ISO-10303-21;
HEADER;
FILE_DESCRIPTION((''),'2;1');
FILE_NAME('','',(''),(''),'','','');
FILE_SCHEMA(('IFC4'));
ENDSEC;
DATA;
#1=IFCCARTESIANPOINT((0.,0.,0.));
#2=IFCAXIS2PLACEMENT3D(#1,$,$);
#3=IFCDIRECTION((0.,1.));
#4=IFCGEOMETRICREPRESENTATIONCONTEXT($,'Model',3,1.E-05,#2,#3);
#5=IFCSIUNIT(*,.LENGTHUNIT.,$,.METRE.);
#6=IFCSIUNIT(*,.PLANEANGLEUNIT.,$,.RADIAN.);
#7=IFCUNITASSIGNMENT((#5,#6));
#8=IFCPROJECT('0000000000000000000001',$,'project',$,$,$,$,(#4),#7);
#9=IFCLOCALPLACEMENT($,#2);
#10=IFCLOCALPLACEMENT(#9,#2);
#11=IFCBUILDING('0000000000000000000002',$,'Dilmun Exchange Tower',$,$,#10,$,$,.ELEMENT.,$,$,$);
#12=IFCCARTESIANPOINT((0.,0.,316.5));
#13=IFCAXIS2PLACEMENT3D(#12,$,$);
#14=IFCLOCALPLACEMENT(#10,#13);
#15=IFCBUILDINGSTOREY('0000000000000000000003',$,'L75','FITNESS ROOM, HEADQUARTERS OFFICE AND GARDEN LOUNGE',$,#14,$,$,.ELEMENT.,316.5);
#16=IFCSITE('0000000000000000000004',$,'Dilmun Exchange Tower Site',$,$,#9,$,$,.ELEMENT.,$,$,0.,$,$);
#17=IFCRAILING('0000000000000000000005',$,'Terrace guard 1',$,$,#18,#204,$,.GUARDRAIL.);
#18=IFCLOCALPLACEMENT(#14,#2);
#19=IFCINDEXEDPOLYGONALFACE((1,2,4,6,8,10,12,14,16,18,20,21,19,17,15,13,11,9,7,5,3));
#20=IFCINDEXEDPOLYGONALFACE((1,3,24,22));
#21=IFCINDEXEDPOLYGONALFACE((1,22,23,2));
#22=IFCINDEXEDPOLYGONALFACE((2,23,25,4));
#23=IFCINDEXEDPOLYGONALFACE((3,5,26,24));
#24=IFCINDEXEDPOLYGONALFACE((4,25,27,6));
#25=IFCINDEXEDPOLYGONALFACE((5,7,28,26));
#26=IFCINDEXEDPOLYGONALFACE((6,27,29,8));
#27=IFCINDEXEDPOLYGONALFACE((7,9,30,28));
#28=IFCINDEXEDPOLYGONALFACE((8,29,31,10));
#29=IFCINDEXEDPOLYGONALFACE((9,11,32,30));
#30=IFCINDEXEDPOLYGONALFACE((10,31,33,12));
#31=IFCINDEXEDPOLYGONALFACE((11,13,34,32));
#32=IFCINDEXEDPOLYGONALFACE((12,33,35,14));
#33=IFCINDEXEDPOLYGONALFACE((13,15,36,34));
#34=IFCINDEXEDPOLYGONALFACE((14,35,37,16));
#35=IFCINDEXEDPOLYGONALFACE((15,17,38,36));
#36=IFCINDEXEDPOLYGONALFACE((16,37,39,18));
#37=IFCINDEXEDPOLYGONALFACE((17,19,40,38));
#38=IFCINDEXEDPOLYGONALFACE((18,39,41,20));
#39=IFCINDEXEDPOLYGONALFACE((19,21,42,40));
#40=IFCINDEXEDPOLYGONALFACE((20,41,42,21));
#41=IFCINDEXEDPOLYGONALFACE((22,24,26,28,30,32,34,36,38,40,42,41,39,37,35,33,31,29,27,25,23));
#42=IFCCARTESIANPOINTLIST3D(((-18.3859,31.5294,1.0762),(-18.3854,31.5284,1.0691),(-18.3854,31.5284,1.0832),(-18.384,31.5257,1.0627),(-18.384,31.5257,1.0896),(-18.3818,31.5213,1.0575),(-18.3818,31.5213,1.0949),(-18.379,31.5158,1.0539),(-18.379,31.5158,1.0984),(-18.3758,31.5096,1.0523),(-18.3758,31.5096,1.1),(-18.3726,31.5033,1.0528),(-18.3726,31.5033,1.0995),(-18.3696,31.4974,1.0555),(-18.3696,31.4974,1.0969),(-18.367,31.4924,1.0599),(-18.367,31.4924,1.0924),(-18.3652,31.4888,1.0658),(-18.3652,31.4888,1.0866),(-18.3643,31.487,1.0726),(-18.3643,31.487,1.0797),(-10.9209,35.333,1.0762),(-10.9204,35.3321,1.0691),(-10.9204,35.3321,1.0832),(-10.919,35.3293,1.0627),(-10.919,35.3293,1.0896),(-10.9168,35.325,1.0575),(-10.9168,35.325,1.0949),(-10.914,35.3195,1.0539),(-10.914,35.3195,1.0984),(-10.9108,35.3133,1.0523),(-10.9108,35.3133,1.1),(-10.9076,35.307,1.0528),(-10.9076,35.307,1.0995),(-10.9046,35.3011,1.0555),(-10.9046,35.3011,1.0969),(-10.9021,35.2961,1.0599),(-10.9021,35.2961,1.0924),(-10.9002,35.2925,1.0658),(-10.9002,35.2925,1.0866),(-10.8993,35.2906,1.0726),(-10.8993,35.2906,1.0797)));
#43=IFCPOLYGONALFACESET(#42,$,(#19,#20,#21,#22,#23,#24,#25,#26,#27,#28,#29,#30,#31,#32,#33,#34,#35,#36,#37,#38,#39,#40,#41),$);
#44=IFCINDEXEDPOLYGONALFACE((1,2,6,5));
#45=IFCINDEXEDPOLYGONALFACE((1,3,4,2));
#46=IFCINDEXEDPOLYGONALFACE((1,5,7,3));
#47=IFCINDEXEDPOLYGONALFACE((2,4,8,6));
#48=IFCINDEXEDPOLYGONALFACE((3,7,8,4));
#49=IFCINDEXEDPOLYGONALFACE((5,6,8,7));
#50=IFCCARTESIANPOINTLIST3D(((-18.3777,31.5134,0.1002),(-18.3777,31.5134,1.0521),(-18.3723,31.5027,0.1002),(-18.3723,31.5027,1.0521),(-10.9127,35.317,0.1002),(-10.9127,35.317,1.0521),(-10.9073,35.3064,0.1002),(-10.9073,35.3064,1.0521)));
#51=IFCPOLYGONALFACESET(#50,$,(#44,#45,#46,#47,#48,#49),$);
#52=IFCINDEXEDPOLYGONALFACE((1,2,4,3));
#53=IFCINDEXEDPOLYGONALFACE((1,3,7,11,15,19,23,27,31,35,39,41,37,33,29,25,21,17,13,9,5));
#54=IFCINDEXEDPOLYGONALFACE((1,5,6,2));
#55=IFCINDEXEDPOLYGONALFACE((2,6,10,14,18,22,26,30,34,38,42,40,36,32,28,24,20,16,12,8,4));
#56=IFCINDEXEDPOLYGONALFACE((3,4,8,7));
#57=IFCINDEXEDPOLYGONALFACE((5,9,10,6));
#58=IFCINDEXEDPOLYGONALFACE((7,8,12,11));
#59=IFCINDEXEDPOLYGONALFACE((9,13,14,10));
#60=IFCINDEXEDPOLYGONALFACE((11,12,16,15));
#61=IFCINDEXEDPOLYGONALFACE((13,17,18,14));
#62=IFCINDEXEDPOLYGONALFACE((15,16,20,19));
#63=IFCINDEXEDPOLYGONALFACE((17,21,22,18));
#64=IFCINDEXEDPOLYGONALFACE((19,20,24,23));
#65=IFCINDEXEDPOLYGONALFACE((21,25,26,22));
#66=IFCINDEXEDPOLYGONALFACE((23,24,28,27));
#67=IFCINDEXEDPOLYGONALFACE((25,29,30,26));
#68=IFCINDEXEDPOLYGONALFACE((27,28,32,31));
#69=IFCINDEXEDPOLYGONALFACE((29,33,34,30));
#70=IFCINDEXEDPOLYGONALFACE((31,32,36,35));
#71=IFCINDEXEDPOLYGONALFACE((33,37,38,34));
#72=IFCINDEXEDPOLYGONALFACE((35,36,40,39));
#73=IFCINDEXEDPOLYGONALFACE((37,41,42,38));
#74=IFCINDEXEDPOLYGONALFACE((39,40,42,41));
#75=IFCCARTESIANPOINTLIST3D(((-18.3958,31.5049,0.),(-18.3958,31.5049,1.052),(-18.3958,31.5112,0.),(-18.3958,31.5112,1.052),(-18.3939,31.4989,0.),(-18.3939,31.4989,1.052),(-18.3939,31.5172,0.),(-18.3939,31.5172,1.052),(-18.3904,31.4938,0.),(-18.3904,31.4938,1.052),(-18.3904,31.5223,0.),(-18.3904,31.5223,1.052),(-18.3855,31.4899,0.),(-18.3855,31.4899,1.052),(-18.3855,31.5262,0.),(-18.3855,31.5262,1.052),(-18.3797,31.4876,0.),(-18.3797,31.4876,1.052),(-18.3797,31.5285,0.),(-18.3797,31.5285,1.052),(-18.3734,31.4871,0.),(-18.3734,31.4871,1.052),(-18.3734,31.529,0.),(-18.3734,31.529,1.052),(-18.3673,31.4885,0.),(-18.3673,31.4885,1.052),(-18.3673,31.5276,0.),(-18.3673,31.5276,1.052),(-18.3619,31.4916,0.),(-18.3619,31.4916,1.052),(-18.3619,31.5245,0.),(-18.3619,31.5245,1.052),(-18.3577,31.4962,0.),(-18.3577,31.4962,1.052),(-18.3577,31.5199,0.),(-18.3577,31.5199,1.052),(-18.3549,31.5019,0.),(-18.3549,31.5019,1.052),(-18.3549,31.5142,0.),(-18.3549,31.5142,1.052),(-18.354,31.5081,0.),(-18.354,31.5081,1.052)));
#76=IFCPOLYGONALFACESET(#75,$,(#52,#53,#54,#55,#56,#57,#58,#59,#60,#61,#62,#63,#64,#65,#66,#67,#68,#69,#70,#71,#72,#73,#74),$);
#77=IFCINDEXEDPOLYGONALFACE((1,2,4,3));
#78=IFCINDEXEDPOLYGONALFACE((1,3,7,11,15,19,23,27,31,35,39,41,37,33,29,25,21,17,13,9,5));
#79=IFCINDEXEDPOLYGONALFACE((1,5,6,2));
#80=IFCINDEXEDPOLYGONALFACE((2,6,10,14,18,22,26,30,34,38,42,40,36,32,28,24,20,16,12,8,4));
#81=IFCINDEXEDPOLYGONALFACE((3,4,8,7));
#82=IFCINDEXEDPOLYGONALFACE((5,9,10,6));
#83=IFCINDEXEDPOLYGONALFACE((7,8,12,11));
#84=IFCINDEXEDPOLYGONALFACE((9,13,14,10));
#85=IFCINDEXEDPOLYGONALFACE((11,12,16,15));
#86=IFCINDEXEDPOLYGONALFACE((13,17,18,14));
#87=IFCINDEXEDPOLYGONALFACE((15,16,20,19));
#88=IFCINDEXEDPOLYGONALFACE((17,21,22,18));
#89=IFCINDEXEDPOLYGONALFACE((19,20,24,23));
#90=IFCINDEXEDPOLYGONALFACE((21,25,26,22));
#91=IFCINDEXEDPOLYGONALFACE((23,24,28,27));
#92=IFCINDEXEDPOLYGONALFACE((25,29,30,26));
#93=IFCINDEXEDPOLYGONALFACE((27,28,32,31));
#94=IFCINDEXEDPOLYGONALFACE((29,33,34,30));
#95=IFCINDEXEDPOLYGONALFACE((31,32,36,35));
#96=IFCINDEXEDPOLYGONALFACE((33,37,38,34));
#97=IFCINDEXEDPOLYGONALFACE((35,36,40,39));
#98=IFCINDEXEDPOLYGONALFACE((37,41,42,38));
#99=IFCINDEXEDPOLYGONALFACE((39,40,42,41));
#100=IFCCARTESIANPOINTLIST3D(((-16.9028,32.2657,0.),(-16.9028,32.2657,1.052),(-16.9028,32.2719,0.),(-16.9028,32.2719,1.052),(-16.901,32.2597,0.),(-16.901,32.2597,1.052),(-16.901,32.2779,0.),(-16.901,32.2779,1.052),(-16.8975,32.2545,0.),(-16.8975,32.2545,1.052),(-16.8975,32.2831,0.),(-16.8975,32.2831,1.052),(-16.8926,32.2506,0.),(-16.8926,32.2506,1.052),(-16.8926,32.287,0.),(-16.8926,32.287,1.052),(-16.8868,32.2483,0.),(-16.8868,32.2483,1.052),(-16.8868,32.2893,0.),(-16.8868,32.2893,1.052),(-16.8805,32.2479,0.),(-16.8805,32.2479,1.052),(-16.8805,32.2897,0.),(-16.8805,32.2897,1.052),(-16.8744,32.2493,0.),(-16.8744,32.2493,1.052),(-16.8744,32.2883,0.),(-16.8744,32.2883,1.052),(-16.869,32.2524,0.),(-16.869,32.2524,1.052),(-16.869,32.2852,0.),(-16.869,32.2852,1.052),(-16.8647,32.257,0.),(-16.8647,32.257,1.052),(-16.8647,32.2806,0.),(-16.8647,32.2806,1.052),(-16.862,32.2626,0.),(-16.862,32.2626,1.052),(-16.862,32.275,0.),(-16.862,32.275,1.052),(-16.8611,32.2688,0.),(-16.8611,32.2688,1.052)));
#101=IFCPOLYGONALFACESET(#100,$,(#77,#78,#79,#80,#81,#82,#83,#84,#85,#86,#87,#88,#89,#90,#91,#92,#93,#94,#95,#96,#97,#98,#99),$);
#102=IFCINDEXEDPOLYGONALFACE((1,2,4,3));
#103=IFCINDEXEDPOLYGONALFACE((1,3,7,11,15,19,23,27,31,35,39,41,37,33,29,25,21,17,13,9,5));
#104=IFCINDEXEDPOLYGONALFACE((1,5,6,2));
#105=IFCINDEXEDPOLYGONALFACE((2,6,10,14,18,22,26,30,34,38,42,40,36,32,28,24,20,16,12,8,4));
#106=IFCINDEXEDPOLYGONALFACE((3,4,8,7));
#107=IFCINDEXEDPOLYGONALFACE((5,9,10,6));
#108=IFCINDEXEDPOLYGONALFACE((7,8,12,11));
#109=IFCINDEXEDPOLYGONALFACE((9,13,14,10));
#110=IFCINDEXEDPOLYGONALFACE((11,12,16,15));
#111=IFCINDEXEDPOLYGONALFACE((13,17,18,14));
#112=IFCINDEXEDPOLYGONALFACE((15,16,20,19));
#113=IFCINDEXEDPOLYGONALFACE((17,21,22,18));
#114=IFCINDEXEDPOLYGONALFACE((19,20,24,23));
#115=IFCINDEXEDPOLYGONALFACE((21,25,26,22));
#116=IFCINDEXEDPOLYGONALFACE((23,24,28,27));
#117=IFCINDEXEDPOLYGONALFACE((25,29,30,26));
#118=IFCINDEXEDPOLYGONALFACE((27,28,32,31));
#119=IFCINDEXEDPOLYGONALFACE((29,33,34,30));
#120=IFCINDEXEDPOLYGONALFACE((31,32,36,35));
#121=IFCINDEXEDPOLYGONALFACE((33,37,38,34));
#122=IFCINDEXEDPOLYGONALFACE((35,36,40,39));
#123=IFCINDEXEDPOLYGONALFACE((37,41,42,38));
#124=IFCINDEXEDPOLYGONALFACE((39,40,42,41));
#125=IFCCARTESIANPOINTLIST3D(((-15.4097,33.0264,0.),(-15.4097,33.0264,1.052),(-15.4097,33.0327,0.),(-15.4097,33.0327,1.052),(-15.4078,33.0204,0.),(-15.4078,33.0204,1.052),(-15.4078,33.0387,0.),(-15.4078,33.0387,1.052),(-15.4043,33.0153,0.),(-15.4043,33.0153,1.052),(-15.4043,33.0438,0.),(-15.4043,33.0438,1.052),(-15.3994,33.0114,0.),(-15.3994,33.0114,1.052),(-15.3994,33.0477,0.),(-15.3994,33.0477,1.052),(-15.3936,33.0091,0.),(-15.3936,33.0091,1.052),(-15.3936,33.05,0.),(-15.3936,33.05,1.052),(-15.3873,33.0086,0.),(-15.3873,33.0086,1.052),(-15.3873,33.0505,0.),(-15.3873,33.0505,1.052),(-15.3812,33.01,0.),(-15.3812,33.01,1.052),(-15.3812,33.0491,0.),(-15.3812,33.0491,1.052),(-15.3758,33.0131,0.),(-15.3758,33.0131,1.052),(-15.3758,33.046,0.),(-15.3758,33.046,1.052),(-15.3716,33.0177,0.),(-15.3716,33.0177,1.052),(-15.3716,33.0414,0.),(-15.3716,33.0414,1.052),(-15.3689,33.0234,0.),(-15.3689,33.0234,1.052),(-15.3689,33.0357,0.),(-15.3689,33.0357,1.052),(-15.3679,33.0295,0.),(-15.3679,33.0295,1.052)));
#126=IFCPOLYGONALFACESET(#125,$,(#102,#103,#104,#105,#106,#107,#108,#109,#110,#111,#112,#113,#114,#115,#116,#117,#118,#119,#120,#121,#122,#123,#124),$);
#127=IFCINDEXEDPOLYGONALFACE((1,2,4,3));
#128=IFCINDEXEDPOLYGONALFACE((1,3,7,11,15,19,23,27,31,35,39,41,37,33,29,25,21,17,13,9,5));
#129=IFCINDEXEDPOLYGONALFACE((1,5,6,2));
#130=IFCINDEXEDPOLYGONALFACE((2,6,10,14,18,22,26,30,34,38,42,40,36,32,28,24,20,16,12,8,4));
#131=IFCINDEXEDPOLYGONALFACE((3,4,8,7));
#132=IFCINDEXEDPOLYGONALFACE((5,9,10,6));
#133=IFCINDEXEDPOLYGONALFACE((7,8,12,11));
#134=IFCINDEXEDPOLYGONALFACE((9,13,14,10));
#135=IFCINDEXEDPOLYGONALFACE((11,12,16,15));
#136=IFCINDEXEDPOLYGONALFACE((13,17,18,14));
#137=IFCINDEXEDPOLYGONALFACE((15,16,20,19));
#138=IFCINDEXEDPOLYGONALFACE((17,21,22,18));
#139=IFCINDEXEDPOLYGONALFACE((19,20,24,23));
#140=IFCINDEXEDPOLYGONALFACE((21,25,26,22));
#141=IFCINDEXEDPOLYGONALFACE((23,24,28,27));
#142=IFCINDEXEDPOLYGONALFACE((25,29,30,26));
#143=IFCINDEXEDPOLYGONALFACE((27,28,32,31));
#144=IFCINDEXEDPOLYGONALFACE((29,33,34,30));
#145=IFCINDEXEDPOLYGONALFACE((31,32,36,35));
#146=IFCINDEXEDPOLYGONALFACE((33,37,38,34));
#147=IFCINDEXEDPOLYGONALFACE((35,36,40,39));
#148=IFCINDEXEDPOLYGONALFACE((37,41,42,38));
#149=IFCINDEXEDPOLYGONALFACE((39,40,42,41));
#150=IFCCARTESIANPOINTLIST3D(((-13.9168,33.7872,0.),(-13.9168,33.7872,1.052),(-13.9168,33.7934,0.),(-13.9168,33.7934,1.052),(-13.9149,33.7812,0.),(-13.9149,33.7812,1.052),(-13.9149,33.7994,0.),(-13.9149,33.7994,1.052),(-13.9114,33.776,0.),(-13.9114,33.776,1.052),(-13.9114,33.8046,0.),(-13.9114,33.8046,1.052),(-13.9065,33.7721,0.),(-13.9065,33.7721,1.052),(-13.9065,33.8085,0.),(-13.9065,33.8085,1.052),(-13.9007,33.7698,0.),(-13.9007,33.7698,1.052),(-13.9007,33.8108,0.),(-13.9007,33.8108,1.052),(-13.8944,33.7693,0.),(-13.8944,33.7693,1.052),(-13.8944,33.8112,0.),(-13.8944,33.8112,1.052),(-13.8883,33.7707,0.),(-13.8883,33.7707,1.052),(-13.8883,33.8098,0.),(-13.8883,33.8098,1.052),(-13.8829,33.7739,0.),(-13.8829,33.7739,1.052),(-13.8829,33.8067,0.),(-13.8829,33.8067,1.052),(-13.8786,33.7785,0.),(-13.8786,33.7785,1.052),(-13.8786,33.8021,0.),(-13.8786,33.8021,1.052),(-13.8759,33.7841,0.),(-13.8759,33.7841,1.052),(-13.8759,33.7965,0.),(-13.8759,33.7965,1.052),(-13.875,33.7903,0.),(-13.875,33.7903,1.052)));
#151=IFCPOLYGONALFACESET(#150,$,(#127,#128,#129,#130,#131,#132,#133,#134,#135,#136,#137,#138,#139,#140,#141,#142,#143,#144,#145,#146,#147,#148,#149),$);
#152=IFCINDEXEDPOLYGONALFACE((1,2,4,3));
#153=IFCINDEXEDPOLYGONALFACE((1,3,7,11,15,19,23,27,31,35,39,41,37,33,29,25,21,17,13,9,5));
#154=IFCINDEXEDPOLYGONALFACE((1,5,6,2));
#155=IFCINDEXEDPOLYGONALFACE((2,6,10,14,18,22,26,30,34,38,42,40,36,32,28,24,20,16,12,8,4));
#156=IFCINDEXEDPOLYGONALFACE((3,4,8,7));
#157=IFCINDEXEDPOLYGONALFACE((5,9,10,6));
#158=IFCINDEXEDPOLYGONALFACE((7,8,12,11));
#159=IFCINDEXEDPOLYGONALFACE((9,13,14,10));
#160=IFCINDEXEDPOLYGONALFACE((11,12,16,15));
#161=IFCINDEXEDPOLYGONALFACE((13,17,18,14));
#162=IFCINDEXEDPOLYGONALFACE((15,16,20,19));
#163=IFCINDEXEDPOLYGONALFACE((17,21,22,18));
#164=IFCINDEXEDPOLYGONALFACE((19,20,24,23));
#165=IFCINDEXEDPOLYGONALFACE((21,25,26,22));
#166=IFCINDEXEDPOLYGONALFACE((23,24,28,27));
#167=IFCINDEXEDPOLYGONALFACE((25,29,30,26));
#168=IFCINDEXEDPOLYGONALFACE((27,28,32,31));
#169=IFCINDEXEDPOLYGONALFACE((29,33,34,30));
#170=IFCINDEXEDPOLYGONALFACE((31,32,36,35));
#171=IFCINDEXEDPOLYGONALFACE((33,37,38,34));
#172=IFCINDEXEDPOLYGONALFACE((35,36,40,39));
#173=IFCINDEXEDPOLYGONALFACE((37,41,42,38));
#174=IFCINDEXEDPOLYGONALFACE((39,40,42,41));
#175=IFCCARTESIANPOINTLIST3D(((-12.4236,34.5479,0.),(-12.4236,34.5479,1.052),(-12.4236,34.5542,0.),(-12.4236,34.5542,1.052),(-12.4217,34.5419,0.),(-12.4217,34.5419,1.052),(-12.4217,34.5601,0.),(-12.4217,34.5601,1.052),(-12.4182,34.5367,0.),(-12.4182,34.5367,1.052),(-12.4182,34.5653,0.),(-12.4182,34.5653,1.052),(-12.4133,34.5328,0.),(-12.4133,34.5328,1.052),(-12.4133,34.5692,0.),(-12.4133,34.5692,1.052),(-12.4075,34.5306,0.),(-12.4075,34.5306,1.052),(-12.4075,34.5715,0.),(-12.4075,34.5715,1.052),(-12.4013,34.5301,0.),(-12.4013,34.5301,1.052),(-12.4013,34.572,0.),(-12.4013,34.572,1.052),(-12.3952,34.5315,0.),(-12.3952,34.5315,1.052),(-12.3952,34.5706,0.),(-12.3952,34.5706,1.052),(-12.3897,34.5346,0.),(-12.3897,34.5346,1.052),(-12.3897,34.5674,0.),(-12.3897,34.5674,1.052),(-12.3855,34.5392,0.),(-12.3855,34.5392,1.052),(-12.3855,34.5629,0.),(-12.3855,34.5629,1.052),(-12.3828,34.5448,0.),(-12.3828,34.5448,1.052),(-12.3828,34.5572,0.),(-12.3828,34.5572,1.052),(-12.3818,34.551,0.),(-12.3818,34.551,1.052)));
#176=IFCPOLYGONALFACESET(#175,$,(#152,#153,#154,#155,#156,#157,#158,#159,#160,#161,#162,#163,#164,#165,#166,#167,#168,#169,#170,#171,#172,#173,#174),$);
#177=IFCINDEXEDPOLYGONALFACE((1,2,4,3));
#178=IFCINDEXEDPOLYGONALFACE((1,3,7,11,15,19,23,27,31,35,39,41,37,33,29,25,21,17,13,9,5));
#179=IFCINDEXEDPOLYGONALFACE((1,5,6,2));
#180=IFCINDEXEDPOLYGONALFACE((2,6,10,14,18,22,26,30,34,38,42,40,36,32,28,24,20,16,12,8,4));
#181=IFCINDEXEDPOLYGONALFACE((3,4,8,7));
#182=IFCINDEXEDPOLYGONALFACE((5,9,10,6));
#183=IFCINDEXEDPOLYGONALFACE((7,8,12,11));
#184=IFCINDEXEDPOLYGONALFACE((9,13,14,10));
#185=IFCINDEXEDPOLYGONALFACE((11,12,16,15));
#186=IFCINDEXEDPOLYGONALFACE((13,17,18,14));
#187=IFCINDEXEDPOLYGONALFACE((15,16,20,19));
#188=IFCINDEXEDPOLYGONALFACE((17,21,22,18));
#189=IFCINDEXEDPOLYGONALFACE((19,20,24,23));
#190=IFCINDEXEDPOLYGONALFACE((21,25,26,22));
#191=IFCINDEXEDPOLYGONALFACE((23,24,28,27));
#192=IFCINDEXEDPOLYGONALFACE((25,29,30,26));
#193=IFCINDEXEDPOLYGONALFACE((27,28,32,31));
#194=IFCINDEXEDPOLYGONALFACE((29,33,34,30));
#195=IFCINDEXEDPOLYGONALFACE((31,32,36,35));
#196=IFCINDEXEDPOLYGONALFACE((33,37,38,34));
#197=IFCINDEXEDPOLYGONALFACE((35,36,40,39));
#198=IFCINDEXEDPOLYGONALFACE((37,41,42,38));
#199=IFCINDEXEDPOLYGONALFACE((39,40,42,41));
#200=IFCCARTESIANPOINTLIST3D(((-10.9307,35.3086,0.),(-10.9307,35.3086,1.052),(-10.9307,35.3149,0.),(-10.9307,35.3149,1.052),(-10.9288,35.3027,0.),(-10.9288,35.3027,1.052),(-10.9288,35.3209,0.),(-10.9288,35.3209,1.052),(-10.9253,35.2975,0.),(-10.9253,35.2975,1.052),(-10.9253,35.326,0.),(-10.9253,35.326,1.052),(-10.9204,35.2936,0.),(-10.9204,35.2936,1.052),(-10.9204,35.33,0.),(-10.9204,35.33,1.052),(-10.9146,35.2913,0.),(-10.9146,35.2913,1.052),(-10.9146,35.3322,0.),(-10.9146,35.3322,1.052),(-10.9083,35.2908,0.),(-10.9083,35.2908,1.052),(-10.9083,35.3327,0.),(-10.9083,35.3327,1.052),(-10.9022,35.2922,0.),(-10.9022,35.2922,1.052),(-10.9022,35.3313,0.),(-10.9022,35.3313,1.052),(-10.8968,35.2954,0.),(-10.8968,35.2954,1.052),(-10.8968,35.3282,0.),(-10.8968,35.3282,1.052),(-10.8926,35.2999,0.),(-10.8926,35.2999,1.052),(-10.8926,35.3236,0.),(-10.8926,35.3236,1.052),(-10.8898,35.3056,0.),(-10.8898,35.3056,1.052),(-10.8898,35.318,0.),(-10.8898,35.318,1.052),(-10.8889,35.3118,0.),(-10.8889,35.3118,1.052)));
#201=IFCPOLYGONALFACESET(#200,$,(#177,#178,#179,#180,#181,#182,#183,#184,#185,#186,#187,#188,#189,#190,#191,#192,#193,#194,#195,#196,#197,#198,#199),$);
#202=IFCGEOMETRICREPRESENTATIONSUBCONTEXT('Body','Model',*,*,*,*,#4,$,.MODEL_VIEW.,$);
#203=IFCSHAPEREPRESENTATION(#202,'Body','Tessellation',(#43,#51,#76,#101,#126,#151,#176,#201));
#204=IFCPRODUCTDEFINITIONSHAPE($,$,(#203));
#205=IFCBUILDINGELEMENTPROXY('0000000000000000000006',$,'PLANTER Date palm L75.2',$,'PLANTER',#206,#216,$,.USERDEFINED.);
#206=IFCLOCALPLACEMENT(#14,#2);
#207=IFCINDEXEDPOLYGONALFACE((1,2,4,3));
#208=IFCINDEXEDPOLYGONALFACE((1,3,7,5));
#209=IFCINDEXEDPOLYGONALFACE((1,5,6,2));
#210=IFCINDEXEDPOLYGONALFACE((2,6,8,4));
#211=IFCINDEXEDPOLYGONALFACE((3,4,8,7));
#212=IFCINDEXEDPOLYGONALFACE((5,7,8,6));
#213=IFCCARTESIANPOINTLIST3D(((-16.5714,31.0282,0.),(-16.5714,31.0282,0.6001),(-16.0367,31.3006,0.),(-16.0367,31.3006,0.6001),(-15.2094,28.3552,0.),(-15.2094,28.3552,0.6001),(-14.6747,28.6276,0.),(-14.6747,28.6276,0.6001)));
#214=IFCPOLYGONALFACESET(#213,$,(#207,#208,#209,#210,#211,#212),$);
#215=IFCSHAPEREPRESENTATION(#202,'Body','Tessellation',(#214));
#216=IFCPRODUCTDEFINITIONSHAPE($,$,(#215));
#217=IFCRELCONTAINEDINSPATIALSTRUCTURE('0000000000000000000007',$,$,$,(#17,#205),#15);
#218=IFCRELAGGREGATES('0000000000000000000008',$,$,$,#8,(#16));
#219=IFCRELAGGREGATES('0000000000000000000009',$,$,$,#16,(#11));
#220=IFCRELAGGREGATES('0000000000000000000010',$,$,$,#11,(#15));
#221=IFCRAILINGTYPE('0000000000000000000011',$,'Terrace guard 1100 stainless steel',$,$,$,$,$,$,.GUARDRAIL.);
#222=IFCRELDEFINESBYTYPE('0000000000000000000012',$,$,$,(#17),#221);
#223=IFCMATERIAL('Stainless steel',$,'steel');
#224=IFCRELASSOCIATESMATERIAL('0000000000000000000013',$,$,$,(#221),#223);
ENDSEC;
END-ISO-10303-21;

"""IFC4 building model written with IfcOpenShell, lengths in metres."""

from ifc_helpers import new_model, si_unit, direction, frame, origin, origin_2d, place, context, subcontext, project, spatial, rectangle, circle, extrude, material, type_object, element, save


model = new_model("IFC4")

# Units and contexts
model_context = context("Model", 3, precision=1e-05, world=origin(), true_north=direction((0.0, 1.0)))
body_context = subcontext(model_context, "Body", "Model", "MODEL_VIEW")
ifc_project = project(units=[si_unit("LENGTHUNIT", "METRE"), si_unit("PLANEANGLEUNIT", "RADIAN")], contexts=[model_context])

# Site, building, storey
site_placement = place(None, origin())
site = spatial("IfcSite", under=ifc_project, at=site_placement, Name="Dilmun Exchange Tower Site", CompositionType="ELEMENT", RefElevation=0.0)
building_placement = place(site_placement, origin())
building = spatial("IfcBuilding", under=site, at=building_placement, Name="Dilmun Exchange Tower", CompositionType="ELEMENT")
storey_placement = place(building_placement, frame((0.0, 0.0, 316.5)))
storey = spatial("IfcBuildingStorey", under=building, at=storey_placement, Name="L75", Description="FITNESS ROOM, HEADQUARTERS OFFICE AND GARDEN LOUNGE", CompositionType="ELEMENT", Elevation=316.5)

# Railing
ifc_material_1 = material(Name="Stainless steel", Category="steel")
railing_type = type_object("IfcRailingType", Name="Terrace guard 1100 stainless steel", PredefinedType="GUARDRAIL", material=ifc_material_1)
railing_placement = place(storey_placement, frame((-18.375, 31.5081, 0.0)))
element("IfcRailing", 1, at=railing_placement, inside=storey, type_object=railing_type, Name="Terrace guard 1", PredefinedType="GUARDRAIL", context=body_context, shape_type="SweptSolid", body=[
    extrude(circle(Radius=0.0239, at=origin_2d()), frame((0.0, 0.0, 1.0762), z_axis=(0.891004, 0.453996, 0.0), x_axis=(-0.453996, 0.891004, 0.0)), (0.0, 0.0, 1.0), 8.3782),
    extrude(rectangle(XDim=0.012, YDim=0.9519, at=origin_2d()), frame((0.0, 0.0, 0.5762), z_axis=(0.891004, 0.453996, 0.0), x_axis=(-0.453996, 0.891004, 0.0)), (0.0, 0.0, 1.0), 8.3782),
    extrude(circle(Radius=0.021, at=origin_2d()), origin(), (0.0, 0.0, 1.0), 1.052),
    extrude(circle(Radius=0.021, at=origin_2d()), frame((1.4929, 0.7607, 0.0)), (0.0, 0.0, 1.0), 1.052),
    extrude(circle(Radius=0.021, at=origin_2d()), frame((2.9861, 1.5215, 0.0)), (0.0, 0.0, 1.0), 1.052),
    extrude(circle(Radius=0.021, at=origin_2d()), frame((4.479, 2.2822, 0.0)), (0.0, 0.0, 1.0), 1.052),
    extrude(circle(Radius=0.021, at=origin_2d()), frame((5.9722, 3.043, 0.0)), (0.0, 0.0, 1.0), 1.052),
    extrude(circle(Radius=0.021, at=origin_2d()), frame((7.4651, 3.8037, 0.0)), (0.0, 0.0, 1.0), 1.052),
])

# Building element proxy
proxy_placement = place(storey_placement, frame((-15.623, 29.8279, 0.0), z_axis=(0.0, 0.0, 1.0), x_axis=(-0.45399, 0.891007, 0.0)))
element("IfcBuildingElementProxy", 2, at=proxy_placement, inside=storey, Name="PLANTER Date palm L75.2", ObjectType="PLANTER", PredefinedType="USERDEFINED", context=body_context, shape_type="SweptSolid", body=[
    extrude(rectangle(XDim=3.0, YDim=0.6001, at=origin_2d()), origin(), (0.0, 0.0, 1.0), 0.6001),
])

save(model, "model.ifc")
